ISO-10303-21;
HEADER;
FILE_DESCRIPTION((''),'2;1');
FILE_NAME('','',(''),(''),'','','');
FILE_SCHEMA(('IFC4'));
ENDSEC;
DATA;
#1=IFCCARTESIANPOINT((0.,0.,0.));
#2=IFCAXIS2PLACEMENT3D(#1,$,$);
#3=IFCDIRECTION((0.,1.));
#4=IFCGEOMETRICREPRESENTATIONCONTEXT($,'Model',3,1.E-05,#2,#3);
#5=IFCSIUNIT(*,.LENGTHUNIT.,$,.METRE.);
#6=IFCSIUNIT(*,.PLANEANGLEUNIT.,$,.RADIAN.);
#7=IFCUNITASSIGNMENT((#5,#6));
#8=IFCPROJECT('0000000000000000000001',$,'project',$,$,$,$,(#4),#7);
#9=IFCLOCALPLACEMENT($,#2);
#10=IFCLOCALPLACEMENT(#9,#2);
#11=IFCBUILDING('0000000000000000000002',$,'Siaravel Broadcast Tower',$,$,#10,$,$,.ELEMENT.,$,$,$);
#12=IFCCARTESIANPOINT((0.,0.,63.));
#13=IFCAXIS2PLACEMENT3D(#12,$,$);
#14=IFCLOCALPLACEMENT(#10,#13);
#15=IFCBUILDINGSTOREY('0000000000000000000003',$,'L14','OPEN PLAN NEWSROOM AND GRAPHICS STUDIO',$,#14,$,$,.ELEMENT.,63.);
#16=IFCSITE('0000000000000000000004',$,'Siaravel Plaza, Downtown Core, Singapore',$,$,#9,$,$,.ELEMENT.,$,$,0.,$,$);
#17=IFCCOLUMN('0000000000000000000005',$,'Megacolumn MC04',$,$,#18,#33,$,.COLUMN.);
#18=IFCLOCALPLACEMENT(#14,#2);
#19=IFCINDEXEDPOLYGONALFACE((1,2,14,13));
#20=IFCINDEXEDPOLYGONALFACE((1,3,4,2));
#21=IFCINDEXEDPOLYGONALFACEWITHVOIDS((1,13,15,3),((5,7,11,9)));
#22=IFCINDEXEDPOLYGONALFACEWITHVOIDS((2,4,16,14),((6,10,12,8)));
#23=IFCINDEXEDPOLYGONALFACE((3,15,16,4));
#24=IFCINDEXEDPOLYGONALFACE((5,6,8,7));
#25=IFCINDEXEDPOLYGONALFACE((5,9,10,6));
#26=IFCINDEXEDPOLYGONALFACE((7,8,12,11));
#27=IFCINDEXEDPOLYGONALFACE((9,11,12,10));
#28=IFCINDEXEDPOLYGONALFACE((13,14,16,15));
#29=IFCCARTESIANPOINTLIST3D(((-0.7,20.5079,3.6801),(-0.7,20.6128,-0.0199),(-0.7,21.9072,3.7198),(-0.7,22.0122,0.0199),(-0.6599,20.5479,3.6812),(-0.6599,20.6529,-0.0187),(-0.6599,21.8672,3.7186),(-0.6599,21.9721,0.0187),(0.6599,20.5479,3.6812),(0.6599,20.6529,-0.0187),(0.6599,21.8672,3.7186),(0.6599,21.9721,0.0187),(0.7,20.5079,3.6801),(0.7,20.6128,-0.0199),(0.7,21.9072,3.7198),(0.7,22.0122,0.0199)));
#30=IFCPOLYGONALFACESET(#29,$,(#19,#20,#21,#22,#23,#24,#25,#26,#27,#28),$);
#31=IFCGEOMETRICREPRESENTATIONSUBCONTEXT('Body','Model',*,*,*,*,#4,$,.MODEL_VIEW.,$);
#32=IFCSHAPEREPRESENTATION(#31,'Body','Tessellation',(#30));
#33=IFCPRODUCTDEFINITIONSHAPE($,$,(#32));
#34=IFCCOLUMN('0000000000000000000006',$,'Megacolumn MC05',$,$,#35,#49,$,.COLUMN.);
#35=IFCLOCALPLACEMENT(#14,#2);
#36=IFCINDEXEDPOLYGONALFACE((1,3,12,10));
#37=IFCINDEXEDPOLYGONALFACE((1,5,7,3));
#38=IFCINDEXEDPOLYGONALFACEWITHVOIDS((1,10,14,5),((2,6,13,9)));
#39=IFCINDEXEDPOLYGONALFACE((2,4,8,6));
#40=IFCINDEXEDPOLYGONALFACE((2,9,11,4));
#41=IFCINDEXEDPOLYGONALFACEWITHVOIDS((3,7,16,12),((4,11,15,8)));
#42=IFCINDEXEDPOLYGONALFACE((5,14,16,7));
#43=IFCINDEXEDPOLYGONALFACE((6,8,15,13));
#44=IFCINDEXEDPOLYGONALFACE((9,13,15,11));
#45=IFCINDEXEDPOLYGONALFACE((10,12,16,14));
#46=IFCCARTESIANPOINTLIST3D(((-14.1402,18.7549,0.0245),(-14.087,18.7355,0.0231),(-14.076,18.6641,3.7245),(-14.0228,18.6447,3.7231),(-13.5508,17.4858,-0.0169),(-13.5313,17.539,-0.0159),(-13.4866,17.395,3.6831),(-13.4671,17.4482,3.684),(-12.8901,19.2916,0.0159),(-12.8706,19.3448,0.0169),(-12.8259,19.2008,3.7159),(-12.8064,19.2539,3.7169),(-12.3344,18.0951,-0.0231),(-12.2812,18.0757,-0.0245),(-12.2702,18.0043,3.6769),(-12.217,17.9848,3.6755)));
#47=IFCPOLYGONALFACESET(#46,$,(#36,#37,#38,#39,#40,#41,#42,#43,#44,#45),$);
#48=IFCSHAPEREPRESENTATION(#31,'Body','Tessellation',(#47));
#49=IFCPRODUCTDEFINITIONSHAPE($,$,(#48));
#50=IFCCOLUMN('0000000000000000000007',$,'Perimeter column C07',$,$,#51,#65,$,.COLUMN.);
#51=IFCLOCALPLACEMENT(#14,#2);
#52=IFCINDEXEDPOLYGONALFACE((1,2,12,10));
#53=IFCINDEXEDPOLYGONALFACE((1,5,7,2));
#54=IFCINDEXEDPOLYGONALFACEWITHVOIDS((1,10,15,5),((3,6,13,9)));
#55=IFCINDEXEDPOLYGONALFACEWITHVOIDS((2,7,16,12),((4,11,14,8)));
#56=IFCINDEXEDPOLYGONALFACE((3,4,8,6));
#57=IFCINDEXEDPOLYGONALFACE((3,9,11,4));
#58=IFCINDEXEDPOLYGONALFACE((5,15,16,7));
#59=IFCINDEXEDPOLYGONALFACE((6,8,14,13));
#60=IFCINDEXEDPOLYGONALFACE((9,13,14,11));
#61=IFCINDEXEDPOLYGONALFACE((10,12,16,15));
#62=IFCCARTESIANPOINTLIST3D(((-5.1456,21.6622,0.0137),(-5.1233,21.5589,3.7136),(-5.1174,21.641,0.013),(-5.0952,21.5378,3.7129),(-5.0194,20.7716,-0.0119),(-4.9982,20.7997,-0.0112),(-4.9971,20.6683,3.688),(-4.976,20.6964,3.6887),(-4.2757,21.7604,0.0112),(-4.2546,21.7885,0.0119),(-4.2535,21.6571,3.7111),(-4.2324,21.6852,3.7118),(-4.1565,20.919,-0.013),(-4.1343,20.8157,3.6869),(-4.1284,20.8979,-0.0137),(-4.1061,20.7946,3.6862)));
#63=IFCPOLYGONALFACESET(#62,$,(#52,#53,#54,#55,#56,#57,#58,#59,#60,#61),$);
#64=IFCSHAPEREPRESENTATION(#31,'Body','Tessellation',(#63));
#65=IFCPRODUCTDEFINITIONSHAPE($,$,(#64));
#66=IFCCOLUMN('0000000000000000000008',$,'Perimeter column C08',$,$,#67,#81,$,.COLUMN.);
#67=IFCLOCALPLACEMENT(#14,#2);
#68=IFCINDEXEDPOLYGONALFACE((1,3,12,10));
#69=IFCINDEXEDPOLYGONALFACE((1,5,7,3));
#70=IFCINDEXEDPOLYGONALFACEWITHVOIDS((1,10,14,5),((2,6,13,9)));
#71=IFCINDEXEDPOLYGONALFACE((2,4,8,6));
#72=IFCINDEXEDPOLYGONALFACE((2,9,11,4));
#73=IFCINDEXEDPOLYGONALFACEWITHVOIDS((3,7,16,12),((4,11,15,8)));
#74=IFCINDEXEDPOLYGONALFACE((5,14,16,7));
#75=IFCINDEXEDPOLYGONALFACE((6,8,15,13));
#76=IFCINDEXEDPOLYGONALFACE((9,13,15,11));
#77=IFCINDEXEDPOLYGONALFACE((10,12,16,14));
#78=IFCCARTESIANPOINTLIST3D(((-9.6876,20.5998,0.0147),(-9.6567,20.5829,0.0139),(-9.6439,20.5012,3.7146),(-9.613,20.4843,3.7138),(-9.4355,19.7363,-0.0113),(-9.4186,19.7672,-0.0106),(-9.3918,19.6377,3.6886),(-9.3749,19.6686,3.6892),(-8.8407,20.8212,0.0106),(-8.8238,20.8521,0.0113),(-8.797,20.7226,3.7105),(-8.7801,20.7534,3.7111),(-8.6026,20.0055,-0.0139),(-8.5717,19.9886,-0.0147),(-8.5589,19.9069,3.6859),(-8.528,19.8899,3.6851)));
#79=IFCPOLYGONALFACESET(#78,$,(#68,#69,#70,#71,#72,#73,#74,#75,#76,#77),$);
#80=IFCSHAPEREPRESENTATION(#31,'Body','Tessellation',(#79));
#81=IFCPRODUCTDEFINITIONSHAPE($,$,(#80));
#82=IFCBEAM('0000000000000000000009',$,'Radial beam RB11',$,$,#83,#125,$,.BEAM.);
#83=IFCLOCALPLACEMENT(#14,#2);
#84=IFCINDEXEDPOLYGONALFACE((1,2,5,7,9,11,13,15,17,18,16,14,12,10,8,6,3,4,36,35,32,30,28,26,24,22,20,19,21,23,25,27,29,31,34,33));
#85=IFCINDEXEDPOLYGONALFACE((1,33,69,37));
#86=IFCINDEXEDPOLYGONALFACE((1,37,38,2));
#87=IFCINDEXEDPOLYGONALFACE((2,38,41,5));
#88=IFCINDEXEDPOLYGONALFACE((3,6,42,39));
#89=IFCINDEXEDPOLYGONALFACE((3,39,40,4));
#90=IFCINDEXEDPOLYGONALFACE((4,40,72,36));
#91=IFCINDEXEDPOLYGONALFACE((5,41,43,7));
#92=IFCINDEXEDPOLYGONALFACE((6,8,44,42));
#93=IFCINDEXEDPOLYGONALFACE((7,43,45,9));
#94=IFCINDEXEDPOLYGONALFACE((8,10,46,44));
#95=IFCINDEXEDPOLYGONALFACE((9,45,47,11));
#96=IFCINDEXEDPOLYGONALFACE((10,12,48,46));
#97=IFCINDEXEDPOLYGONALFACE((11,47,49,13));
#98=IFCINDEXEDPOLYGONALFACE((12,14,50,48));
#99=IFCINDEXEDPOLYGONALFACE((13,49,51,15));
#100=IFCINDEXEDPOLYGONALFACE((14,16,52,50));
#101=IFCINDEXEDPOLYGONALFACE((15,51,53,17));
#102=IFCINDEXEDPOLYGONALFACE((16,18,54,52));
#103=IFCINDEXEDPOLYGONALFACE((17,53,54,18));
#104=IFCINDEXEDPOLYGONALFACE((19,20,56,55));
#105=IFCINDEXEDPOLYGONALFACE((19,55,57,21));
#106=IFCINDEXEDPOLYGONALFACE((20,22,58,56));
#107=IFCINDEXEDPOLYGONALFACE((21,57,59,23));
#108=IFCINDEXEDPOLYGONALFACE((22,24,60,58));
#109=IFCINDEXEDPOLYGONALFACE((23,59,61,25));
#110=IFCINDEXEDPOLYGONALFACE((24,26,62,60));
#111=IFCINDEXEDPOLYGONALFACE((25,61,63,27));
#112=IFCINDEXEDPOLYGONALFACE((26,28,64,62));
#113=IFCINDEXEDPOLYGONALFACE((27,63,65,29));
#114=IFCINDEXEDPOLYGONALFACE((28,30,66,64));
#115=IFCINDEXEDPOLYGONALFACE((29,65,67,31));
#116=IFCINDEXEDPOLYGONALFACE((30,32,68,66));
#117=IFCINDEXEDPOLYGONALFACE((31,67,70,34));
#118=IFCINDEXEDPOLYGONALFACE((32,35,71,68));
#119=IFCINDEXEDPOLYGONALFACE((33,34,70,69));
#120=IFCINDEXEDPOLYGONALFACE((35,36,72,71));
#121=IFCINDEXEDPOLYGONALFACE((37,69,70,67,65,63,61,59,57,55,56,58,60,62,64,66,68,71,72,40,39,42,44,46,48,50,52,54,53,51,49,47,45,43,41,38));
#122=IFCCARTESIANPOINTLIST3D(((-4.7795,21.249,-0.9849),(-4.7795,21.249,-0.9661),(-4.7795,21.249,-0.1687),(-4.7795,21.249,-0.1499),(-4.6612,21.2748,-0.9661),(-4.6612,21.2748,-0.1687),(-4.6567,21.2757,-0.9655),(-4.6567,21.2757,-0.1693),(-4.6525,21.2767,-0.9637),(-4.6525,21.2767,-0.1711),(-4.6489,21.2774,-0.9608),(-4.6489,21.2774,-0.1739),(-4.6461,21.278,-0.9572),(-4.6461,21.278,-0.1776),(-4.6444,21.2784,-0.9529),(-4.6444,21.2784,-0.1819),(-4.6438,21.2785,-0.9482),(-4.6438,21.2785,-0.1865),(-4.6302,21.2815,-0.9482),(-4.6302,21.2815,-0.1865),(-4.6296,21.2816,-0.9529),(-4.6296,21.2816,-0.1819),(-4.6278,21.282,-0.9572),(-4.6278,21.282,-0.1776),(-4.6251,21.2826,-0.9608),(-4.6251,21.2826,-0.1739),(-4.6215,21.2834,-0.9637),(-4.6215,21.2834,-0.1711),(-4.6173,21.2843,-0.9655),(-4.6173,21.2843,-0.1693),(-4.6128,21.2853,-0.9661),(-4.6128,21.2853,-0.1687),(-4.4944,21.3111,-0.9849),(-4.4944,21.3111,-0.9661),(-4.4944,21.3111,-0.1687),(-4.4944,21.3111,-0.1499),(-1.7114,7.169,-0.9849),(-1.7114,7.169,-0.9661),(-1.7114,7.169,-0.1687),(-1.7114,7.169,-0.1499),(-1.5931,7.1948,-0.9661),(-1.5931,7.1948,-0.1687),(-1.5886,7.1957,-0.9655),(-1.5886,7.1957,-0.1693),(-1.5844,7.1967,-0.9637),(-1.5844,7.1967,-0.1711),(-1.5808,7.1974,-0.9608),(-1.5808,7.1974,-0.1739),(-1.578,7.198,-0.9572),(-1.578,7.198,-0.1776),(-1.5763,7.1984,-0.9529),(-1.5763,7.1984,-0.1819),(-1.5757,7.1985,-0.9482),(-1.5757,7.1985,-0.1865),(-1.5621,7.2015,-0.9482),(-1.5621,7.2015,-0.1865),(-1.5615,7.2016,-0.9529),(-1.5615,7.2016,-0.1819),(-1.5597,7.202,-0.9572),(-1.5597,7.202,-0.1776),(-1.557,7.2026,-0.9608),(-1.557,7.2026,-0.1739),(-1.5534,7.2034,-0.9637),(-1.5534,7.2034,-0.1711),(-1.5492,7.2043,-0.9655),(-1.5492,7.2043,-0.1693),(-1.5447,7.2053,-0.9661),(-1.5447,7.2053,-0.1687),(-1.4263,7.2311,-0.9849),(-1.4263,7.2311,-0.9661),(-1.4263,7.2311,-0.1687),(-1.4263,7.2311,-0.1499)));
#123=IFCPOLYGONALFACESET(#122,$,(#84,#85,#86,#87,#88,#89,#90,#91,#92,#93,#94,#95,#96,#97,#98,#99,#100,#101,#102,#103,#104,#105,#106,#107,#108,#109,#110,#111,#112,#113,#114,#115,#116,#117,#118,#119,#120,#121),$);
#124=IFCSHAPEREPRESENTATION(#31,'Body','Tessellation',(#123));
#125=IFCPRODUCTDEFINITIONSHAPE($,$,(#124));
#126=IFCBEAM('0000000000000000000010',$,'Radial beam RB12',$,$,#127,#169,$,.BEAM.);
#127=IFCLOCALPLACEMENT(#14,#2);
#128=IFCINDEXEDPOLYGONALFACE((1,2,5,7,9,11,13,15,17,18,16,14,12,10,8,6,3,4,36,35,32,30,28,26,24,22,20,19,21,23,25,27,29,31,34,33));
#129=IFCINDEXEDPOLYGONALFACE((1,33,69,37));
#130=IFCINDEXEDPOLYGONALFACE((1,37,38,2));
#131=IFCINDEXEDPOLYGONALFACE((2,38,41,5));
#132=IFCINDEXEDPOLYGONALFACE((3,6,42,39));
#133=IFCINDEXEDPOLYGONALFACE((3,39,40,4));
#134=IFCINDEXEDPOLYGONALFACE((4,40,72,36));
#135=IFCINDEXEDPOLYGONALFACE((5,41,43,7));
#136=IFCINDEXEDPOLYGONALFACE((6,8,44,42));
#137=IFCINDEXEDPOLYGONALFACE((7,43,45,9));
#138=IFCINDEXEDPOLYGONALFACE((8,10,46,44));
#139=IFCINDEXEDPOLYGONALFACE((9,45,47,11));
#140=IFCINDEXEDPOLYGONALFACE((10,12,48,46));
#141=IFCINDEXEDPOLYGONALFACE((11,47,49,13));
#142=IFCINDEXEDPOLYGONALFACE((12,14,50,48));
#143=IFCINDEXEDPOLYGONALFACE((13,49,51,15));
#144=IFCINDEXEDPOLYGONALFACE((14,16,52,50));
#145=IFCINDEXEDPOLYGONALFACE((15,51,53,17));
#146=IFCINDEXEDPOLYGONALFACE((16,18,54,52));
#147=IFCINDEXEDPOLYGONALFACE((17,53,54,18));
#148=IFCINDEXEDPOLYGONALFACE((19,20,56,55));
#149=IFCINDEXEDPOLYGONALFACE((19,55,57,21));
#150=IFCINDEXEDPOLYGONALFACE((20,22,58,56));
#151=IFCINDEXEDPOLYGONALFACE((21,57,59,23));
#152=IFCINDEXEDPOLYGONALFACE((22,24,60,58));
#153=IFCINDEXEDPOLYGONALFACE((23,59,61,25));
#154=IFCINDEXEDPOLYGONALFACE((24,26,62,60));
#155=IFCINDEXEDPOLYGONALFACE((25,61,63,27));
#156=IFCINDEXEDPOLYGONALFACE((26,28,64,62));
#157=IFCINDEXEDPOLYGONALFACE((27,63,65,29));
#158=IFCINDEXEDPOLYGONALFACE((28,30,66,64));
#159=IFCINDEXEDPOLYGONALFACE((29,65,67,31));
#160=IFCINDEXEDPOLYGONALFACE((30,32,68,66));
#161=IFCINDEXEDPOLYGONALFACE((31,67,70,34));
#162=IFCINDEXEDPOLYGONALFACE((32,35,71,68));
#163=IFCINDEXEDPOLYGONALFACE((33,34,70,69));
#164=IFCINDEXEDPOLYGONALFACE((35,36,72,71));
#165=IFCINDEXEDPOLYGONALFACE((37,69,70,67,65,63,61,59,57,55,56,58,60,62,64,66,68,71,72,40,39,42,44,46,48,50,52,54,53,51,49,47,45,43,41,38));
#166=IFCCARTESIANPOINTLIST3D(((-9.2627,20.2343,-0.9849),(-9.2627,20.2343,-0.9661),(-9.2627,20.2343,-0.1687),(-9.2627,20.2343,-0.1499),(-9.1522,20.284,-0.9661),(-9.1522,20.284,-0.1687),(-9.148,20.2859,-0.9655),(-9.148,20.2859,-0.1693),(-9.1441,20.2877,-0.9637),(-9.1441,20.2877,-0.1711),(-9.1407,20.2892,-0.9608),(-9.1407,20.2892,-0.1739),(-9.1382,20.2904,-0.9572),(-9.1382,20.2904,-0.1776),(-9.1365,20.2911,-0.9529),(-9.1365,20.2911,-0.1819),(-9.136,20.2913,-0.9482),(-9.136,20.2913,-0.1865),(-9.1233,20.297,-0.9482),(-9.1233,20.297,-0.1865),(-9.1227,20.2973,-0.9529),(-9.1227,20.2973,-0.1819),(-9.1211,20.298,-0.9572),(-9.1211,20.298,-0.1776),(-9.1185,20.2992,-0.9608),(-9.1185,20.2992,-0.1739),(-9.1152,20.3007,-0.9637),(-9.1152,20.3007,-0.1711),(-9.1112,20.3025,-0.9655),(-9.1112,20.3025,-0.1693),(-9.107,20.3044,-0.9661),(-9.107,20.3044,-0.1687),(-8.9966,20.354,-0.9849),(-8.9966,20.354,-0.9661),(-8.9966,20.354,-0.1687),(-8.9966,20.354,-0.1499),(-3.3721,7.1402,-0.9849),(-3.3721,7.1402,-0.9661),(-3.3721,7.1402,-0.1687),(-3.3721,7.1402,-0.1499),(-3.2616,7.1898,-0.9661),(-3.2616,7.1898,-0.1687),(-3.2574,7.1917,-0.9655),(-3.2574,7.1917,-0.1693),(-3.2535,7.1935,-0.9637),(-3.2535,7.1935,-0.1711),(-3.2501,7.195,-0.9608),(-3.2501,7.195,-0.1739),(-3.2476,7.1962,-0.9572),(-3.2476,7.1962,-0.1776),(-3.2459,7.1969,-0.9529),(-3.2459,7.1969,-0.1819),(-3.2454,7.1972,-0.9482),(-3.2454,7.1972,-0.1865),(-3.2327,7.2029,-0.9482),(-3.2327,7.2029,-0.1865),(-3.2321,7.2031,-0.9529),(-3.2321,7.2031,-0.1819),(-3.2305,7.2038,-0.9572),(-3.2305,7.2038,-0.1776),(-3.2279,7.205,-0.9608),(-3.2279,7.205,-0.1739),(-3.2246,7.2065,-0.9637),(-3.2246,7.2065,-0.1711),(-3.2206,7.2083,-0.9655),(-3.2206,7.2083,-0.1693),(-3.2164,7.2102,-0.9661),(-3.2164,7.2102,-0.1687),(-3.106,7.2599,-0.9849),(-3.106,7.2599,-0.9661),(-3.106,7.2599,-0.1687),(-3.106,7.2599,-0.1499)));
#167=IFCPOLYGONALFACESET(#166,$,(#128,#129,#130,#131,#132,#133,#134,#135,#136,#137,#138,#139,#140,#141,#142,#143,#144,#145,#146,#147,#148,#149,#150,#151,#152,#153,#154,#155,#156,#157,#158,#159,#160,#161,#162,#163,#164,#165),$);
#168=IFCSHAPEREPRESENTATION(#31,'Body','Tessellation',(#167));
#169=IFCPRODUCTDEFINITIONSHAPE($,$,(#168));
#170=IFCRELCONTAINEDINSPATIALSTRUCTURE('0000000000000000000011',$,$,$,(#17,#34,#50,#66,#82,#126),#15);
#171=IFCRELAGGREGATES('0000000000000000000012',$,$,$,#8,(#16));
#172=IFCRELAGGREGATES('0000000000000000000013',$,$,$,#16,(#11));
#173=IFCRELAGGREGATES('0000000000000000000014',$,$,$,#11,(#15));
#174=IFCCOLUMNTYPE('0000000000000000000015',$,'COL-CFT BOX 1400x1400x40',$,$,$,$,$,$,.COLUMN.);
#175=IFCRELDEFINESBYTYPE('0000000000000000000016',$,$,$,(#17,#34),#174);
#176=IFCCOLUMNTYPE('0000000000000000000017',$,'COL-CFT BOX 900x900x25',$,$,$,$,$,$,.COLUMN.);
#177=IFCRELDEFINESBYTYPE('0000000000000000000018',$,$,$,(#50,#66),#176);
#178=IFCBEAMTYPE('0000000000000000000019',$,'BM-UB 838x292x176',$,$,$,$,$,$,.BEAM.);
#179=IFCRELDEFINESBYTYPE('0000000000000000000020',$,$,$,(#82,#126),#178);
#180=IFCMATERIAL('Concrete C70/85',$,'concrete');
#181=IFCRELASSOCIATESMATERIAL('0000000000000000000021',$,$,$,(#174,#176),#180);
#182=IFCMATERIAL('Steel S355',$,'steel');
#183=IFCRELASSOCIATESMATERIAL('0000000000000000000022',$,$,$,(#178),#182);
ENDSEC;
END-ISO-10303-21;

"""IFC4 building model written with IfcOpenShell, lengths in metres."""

from ifc_helpers import new_model, si_unit, direction, frame, origin, origin_2d, place, context, subcontext, project, spatial, hollow_rectangle, i_section, extrude, material, material_profile, profile_set, type_object, element, save


model = new_model("IFC4")

# Units and contexts
model_context = context("Model", 3, precision=1e-05, world=origin(), true_north=direction((0.0, 1.0)))
body_context = subcontext(model_context, "Body", "Model", "MODEL_VIEW")
ifc_project = project(units=[si_unit("LENGTHUNIT", "METRE"), si_unit("PLANEANGLEUNIT", "RADIAN")], contexts=[model_context])

# Site, building, storey
site_placement = place(None, origin())
site = spatial("IfcSite", under=ifc_project, at=site_placement, Name="Siaravel Plaza, Downtown Core, Singapore", CompositionType="ELEMENT", RefElevation=0.0)
building_placement = place(site_placement, origin())
building = spatial("IfcBuilding", under=site, at=building_placement, Name="Siaravel Broadcast Tower", CompositionType="ELEMENT")
storey_placement = place(building_placement, frame((0.0, 0.0, 63.0)))
storey = spatial("IfcBuildingStorey", under=building, at=storey_placement, Name="L14", Description="OPEN PLAN NEWSROOM AND GRAPHICS STUDIO", CompositionType="ELEMENT", Elevation=63.0)

# Columns
ifc_material_1 = material(Name="Concrete C70/85", Category="concrete")
ifc_material_profile_1 = material_profile(ifc_material_1, hollow_rectangle(XDim=1.3999, YDim=1.3999, WallThickness=0.04, at=origin_2d()))
ifc_profile_set_1 = profile_set([ifc_material_profile_1], Name="Concrete C70/85")
column_type_1 = type_object("IfcColumnType", Name="COL-CFT BOX 1400x1400x40", PredefinedType="COLUMN", material=ifc_profile_set_1)
column_1_placement = place(storey_placement, frame((0.0, 21.3125, 0.0), z_axis=(0.0, -0.028362, 0.999598), x_axis=(1.0, 0.0, 0.0)))
element("IfcColumn", 1, at=column_1_placement, inside=storey, type_object=column_type_1, Name="Megacolumn MC04", PredefinedType="COLUMN", context=body_context, shape_type="SweptSolid", body=[
    extrude(hollow_rectangle(XDim=1.3999, YDim=1.3999, WallThickness=0.04, at=origin_2d()), origin(), (0.0, 0.0, 1.0), 3.7014),
])
column_2_placement = place(storey_placement, frame((-13.2107, 18.4153, 0.0), z_axis=(0.017346, -0.024535, 0.999548), x_axis=(0.90688, 0.421354, -0.005395)))
element("IfcColumn", 2, at=column_2_placement, inside=storey, type_object=column_type_1, Name="Megacolumn MC05", PredefinedType="COLUMN", context=body_context, shape_type="SweptSolid", body=[
    extrude(hollow_rectangle(XDim=1.3999, YDim=1.3999, WallThickness=0.04, at=origin_2d()), origin(), (0.0, 0.0, 1.0), 3.7017),
])
ifc_material_profile_2 = material_profile(ifc_material_1, hollow_rectangle(XDim=0.8999, YDim=0.8999, WallThickness=0.0249, at=origin_2d()))
ifc_profile_set_2 = profile_set([ifc_material_profile_2], Name="Concrete C70/85")
column_type_2 = type_object("IfcColumnType", Name="COL-CFT BOX 900x900x25", PredefinedType="COLUMN", material=ifc_profile_set_2)
for number, where, z_axis, x_axis, name in (
    (3, (-4.637, 21.28, 0.0), (0.006002, -0.0279, 0.999593), (0.990099, 0.140359, -0.002028), "Perimeter column C07"),
    (4, (-9.1296, 20.2942, 0.0), (0.011806, -0.026647, 0.999575), (0.959902, 0.28031, -0.003865), "Perimeter column C08"),
):
    element("IfcColumn", number, at=place(storey_placement, frame(where, z_axis=z_axis, x_axis=x_axis)), inside=storey, type_object=column_type_2, Name=name, PredefinedType="COLUMN", context=body_context, shape_type="SweptSolid", body=[
        extrude(hollow_rectangle(XDim=0.8999, YDim=0.8999, WallThickness=0.0249, at=origin_2d()), origin(), (0.0, 0.0, 1.0), 3.7014),
    ])

# Beams
ifc_material_2 = material(Name="Steel S355", Category="steel")
ifc_material_profile_3 = material_profile(ifc_material_2, i_section(OverallWidth=0.2917, OverallDepth=0.835, WebThickness=0.0139, FlangeThickness=0.0188, FilletRadius=0.0178, at=origin_2d()))
ifc_profile_set_3 = profile_set([ifc_material_profile_3], Name="Steel S355")
beam_type = type_object("IfcBeamType", Name="BM-UB 838x292x176", PredefinedType="BEAM", material=ifc_profile_set_3)
beam_1_placement = place(storey_placement, frame((-4.637, 21.28, -0.5674), z_axis=(0.212909, -0.977072, 0.0), x_axis=(0.977072, 0.212909, 0.0)))
element("IfcBeam", 5, at=beam_1_placement, inside=storey, type_object=beam_type, Name="Radial beam RB11", PredefinedType="BEAM", context=body_context, shape_type="SweptSolid", body=[
    extrude(i_section(OverallWidth=0.2917, OverallDepth=0.835, WebThickness=0.0139, FlangeThickness=0.0188, FilletRadius=0.0178, at=origin_2d()), origin(), (0.0, 0.0, 1.0), 14.4104),
])
beam_2_placement = place(storey_placement, frame((-9.1296, 20.2942, -0.5674), z_axis=(0.410261, -0.911968, 0.0), x_axis=(0.911968, 0.410261, 0.0)))
element("IfcBeam", 6, at=beam_2_placement, inside=storey, type_object=beam_type, Name="Radial beam RB12", PredefinedType="BEAM", context=body_context, shape_type="SweptSolid", body=[
    extrude(i_section(OverallWidth=0.2917, OverallDepth=0.835, WebThickness=0.0139, FlangeThickness=0.0188, FilletRadius=0.0178, at=origin_2d()), origin(), (0.0, 0.0, 1.0), 14.3582),
])

save(model, "model.ifc")
